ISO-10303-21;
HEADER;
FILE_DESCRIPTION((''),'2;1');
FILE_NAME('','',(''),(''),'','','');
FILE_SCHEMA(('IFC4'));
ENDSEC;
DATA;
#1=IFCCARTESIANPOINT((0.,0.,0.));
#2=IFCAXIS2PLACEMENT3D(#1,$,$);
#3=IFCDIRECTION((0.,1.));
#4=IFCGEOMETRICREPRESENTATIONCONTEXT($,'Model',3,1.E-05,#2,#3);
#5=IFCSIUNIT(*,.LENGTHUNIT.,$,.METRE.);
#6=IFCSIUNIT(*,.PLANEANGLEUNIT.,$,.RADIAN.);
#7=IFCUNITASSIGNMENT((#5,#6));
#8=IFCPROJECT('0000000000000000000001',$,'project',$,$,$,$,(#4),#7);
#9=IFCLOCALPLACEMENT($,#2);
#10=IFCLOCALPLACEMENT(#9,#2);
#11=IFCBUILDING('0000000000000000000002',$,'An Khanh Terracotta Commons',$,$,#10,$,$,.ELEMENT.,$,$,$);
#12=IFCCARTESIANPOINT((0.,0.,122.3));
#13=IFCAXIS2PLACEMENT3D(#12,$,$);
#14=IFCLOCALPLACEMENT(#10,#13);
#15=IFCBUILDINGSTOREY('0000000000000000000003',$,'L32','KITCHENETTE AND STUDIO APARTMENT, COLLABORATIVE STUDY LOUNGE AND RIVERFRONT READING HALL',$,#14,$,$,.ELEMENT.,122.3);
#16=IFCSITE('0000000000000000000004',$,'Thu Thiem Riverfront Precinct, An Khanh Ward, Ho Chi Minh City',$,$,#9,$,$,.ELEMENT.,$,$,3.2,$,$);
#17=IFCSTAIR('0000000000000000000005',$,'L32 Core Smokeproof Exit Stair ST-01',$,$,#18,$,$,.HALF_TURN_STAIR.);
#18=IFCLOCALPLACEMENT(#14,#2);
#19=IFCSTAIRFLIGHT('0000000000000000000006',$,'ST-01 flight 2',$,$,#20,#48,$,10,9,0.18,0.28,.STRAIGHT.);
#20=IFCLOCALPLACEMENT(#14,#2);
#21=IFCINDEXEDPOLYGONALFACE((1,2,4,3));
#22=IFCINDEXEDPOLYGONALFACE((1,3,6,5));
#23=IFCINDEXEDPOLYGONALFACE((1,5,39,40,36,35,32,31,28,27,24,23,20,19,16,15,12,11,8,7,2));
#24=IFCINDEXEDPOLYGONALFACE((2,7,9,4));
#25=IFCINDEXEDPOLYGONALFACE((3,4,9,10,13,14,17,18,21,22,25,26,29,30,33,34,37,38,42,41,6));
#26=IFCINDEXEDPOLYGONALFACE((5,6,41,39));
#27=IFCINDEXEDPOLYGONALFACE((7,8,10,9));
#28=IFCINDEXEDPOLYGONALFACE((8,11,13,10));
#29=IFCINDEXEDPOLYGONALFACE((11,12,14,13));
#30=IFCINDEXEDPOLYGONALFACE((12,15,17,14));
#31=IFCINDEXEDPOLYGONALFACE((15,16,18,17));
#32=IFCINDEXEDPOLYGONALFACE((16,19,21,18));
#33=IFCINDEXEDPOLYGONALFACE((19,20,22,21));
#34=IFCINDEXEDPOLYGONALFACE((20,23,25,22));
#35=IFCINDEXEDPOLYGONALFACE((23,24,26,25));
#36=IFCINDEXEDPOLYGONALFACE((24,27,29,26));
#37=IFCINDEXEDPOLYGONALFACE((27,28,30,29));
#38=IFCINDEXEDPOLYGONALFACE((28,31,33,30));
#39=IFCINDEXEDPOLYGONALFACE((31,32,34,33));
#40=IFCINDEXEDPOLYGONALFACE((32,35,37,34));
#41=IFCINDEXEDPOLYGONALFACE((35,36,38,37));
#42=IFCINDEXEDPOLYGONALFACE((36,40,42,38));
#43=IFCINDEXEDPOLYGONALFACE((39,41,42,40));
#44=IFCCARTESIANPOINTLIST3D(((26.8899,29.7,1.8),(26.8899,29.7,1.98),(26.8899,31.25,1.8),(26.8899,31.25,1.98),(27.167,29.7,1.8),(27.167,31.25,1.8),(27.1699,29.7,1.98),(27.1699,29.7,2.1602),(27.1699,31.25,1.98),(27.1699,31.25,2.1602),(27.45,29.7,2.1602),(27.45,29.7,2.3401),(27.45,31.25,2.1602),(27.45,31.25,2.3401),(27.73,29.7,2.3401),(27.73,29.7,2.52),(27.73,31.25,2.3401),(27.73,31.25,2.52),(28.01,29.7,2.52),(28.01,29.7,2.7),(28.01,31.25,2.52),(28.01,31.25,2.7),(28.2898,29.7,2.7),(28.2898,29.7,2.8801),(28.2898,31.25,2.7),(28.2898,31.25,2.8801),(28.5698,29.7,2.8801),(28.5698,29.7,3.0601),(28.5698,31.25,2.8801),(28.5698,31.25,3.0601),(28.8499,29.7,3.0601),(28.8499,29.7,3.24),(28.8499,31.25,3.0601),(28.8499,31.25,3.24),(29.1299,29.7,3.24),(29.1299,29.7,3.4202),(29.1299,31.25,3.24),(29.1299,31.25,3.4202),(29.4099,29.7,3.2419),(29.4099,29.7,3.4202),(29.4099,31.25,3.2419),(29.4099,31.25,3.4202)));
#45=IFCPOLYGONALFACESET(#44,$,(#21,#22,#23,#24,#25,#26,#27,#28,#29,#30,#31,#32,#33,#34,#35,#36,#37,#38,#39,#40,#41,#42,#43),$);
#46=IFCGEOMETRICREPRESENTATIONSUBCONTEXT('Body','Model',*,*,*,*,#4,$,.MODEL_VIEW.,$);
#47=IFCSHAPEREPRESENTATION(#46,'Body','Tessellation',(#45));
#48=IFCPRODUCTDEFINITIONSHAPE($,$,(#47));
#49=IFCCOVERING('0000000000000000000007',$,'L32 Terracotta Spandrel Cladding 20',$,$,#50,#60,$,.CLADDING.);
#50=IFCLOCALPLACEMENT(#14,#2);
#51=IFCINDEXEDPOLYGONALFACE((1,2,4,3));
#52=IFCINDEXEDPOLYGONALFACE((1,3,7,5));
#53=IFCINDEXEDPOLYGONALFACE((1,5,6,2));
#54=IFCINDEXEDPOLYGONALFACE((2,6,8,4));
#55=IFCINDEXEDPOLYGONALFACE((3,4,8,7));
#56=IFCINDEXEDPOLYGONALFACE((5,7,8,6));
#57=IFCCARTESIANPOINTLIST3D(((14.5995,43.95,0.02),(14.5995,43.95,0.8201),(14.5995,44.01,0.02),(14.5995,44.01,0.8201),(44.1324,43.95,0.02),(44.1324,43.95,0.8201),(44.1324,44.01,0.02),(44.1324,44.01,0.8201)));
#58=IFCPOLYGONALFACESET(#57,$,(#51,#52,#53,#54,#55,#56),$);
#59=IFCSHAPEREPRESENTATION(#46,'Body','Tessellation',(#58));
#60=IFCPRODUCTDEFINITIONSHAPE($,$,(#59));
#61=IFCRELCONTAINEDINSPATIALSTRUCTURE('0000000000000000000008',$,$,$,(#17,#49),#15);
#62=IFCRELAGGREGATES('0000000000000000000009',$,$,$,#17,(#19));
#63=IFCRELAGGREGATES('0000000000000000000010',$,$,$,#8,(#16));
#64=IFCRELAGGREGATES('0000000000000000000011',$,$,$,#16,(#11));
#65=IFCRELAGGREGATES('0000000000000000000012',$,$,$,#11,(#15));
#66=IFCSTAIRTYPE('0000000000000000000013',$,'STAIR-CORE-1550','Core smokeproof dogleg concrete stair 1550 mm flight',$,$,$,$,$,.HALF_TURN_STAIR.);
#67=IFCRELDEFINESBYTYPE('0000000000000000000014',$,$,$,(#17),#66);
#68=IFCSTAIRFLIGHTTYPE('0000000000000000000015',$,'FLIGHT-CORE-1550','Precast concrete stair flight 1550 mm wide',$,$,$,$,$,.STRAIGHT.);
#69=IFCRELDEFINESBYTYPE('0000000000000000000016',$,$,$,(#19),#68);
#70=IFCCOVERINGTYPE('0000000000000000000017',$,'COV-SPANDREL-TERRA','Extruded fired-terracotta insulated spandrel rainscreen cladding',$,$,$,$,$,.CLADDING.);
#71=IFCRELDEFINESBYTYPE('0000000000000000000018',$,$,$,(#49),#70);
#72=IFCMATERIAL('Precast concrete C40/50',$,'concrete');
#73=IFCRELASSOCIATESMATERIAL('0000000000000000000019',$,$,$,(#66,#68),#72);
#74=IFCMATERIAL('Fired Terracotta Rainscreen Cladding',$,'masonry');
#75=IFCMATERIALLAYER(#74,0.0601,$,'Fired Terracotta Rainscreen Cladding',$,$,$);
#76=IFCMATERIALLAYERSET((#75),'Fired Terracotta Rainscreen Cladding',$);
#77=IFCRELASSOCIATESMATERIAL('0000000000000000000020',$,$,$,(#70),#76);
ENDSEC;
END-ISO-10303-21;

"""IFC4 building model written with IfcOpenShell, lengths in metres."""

from ifc_helpers import new_model, si_unit, direction, frame, origin, origin_2d, place, context, subcontext, project, spatial, polyline, rectangle, outline, extrude, material, layer, layer_set, type_object, element, aggregate, save


model = new_model("IFC4")

# Units and contexts
model_context = context("Model", 3, precision=1e-05, world=origin(), true_north=direction((0.0, 1.0)))
body_context = subcontext(model_context, "Body", "Model", "MODEL_VIEW")
ifc_project = project(units=[si_unit("LENGTHUNIT", "METRE"), si_unit("PLANEANGLEUNIT", "RADIAN")], contexts=[model_context])

# Site, building, storey
site_placement = place(None, origin())
site = spatial("IfcSite", under=ifc_project, at=site_placement, Name="Thu Thiem Riverfront Precinct, An Khanh Ward, Ho Chi Minh City", CompositionType="ELEMENT", RefElevation=3.2)
building_placement = place(site_placement, origin())
building = spatial("IfcBuilding", under=site, at=building_placement, Name="An Khanh Terracotta Commons", CompositionType="ELEMENT")
storey_placement = place(building_placement, frame((0.0, 0.0, 122.3)))
storey = spatial("IfcBuildingStorey", under=building, at=storey_placement, Name="L32", Description="KITCHENETTE AND STUDIO APARTMENT, COLLABORATIVE STUDY LOUNGE AND RIVERFRONT READING HALL", CompositionType="ELEMENT", Elevation=122.3)

# Stair, stair flight
ifc_material_1 = material(Name="Precast concrete C40/50", Category="concrete")
stair_type = type_object("IfcStairType", Name="STAIR-CORE-1550", Description="Core smokeproof dogleg concrete stair 1550 mm flight", PredefinedType="HALF_TURN_STAIR", material=ifc_material_1)
stair_placement = place(storey_placement, origin())
stair = element("IfcStair", 1, at=stair_placement, inside=storey, type_object=stair_type, Name="L32 Core Smokeproof Exit Stair ST-01", PredefinedType="HALF_TURN_STAIR")
stair_flight_type = type_object("IfcStairFlightType", Name="FLIGHT-CORE-1550", Description="Precast concrete stair flight 1550 mm wide", PredefinedType="STRAIGHT", material=ifc_material_1)
stair_flight_1_placement = place(storey_placement, frame((26.8899, 30.4751, 1.8), z_axis=(0.0, 0.0, 1.0), x_axis=(1.0, 0.0, 0.0)))
stair_flight_1 = element("IfcStairFlight", 2, at=stair_flight_1_placement, type_object=stair_flight_type, Name="ST-01 flight 2", NumberOfRisers=10, NumberOfTreads=9, PredefinedType="STRAIGHT", RiserHeight=0.18, TreadLength=0.28, context=body_context, shape_type="SweptSolid", body=[
    extrude(outline(polyline([(0.0, 0.0), (0.0, 0.1799), (0.28, 0.1799), (0.28, 0.3601), (0.5601, 0.3601), (0.5601, 0.54), (0.8401, 0.54), (0.8401, 0.72), (1.1201, 0.72), (1.1201, 0.8999), (1.3999, 0.8999), (1.3999, 1.0801), (1.6799, 1.0801), (1.6799, 1.26), (1.96, 1.26), (1.96, 1.4399), (2.24, 1.4399), (2.24, 1.6201), (2.52, 1.6201), (2.52, 1.8), (2.52, 1.4419), (0.2771, 0.0), (0.0, 0.0)])), frame((0.0, 0.7749, 0.0), z_axis=(0.0, -1.0, 0.0), x_axis=(1.0, 0.0, 0.0)), (0.0, 0.0, 1.0), 1.55),
])
aggregate(stair, [stair_flight_1])

# Covering
ifc_material_2 = material(Name="Fired Terracotta Rainscreen Cladding", Category="masonry")
ifc_layer_1 = layer(ifc_material_2, 0.0601, Name="Fired Terracotta Rainscreen Cladding")
ifc_layer_set_1 = layer_set([ifc_layer_1], Name="Fired Terracotta Rainscreen Cladding")
covering_type = type_object("IfcCoveringType", Name="COV-SPANDREL-TERRA", Description="Extruded fired-terracotta insulated spandrel rainscreen cladding", PredefinedType="CLADDING", material=ifc_layer_set_1)
covering_placement = place(storey_placement, frame((29.366, 43.98, 0.02), z_axis=(0.0, 0.0, 1.0), x_axis=(-1.0, 0.0, 0.0)))
element("IfcCovering", 3, at=covering_placement, inside=storey, type_object=covering_type, Name="L32 Terracotta Spandrel Cladding 20", PredefinedType="CLADDING", context=body_context, shape_type="SweptSolid", body=[
    extrude(rectangle(XDim=29.533, YDim=0.0601, at=origin_2d()), origin(), (0.0, 0.0, 1.0), 0.8),
])

save(model, "model.ifc")
